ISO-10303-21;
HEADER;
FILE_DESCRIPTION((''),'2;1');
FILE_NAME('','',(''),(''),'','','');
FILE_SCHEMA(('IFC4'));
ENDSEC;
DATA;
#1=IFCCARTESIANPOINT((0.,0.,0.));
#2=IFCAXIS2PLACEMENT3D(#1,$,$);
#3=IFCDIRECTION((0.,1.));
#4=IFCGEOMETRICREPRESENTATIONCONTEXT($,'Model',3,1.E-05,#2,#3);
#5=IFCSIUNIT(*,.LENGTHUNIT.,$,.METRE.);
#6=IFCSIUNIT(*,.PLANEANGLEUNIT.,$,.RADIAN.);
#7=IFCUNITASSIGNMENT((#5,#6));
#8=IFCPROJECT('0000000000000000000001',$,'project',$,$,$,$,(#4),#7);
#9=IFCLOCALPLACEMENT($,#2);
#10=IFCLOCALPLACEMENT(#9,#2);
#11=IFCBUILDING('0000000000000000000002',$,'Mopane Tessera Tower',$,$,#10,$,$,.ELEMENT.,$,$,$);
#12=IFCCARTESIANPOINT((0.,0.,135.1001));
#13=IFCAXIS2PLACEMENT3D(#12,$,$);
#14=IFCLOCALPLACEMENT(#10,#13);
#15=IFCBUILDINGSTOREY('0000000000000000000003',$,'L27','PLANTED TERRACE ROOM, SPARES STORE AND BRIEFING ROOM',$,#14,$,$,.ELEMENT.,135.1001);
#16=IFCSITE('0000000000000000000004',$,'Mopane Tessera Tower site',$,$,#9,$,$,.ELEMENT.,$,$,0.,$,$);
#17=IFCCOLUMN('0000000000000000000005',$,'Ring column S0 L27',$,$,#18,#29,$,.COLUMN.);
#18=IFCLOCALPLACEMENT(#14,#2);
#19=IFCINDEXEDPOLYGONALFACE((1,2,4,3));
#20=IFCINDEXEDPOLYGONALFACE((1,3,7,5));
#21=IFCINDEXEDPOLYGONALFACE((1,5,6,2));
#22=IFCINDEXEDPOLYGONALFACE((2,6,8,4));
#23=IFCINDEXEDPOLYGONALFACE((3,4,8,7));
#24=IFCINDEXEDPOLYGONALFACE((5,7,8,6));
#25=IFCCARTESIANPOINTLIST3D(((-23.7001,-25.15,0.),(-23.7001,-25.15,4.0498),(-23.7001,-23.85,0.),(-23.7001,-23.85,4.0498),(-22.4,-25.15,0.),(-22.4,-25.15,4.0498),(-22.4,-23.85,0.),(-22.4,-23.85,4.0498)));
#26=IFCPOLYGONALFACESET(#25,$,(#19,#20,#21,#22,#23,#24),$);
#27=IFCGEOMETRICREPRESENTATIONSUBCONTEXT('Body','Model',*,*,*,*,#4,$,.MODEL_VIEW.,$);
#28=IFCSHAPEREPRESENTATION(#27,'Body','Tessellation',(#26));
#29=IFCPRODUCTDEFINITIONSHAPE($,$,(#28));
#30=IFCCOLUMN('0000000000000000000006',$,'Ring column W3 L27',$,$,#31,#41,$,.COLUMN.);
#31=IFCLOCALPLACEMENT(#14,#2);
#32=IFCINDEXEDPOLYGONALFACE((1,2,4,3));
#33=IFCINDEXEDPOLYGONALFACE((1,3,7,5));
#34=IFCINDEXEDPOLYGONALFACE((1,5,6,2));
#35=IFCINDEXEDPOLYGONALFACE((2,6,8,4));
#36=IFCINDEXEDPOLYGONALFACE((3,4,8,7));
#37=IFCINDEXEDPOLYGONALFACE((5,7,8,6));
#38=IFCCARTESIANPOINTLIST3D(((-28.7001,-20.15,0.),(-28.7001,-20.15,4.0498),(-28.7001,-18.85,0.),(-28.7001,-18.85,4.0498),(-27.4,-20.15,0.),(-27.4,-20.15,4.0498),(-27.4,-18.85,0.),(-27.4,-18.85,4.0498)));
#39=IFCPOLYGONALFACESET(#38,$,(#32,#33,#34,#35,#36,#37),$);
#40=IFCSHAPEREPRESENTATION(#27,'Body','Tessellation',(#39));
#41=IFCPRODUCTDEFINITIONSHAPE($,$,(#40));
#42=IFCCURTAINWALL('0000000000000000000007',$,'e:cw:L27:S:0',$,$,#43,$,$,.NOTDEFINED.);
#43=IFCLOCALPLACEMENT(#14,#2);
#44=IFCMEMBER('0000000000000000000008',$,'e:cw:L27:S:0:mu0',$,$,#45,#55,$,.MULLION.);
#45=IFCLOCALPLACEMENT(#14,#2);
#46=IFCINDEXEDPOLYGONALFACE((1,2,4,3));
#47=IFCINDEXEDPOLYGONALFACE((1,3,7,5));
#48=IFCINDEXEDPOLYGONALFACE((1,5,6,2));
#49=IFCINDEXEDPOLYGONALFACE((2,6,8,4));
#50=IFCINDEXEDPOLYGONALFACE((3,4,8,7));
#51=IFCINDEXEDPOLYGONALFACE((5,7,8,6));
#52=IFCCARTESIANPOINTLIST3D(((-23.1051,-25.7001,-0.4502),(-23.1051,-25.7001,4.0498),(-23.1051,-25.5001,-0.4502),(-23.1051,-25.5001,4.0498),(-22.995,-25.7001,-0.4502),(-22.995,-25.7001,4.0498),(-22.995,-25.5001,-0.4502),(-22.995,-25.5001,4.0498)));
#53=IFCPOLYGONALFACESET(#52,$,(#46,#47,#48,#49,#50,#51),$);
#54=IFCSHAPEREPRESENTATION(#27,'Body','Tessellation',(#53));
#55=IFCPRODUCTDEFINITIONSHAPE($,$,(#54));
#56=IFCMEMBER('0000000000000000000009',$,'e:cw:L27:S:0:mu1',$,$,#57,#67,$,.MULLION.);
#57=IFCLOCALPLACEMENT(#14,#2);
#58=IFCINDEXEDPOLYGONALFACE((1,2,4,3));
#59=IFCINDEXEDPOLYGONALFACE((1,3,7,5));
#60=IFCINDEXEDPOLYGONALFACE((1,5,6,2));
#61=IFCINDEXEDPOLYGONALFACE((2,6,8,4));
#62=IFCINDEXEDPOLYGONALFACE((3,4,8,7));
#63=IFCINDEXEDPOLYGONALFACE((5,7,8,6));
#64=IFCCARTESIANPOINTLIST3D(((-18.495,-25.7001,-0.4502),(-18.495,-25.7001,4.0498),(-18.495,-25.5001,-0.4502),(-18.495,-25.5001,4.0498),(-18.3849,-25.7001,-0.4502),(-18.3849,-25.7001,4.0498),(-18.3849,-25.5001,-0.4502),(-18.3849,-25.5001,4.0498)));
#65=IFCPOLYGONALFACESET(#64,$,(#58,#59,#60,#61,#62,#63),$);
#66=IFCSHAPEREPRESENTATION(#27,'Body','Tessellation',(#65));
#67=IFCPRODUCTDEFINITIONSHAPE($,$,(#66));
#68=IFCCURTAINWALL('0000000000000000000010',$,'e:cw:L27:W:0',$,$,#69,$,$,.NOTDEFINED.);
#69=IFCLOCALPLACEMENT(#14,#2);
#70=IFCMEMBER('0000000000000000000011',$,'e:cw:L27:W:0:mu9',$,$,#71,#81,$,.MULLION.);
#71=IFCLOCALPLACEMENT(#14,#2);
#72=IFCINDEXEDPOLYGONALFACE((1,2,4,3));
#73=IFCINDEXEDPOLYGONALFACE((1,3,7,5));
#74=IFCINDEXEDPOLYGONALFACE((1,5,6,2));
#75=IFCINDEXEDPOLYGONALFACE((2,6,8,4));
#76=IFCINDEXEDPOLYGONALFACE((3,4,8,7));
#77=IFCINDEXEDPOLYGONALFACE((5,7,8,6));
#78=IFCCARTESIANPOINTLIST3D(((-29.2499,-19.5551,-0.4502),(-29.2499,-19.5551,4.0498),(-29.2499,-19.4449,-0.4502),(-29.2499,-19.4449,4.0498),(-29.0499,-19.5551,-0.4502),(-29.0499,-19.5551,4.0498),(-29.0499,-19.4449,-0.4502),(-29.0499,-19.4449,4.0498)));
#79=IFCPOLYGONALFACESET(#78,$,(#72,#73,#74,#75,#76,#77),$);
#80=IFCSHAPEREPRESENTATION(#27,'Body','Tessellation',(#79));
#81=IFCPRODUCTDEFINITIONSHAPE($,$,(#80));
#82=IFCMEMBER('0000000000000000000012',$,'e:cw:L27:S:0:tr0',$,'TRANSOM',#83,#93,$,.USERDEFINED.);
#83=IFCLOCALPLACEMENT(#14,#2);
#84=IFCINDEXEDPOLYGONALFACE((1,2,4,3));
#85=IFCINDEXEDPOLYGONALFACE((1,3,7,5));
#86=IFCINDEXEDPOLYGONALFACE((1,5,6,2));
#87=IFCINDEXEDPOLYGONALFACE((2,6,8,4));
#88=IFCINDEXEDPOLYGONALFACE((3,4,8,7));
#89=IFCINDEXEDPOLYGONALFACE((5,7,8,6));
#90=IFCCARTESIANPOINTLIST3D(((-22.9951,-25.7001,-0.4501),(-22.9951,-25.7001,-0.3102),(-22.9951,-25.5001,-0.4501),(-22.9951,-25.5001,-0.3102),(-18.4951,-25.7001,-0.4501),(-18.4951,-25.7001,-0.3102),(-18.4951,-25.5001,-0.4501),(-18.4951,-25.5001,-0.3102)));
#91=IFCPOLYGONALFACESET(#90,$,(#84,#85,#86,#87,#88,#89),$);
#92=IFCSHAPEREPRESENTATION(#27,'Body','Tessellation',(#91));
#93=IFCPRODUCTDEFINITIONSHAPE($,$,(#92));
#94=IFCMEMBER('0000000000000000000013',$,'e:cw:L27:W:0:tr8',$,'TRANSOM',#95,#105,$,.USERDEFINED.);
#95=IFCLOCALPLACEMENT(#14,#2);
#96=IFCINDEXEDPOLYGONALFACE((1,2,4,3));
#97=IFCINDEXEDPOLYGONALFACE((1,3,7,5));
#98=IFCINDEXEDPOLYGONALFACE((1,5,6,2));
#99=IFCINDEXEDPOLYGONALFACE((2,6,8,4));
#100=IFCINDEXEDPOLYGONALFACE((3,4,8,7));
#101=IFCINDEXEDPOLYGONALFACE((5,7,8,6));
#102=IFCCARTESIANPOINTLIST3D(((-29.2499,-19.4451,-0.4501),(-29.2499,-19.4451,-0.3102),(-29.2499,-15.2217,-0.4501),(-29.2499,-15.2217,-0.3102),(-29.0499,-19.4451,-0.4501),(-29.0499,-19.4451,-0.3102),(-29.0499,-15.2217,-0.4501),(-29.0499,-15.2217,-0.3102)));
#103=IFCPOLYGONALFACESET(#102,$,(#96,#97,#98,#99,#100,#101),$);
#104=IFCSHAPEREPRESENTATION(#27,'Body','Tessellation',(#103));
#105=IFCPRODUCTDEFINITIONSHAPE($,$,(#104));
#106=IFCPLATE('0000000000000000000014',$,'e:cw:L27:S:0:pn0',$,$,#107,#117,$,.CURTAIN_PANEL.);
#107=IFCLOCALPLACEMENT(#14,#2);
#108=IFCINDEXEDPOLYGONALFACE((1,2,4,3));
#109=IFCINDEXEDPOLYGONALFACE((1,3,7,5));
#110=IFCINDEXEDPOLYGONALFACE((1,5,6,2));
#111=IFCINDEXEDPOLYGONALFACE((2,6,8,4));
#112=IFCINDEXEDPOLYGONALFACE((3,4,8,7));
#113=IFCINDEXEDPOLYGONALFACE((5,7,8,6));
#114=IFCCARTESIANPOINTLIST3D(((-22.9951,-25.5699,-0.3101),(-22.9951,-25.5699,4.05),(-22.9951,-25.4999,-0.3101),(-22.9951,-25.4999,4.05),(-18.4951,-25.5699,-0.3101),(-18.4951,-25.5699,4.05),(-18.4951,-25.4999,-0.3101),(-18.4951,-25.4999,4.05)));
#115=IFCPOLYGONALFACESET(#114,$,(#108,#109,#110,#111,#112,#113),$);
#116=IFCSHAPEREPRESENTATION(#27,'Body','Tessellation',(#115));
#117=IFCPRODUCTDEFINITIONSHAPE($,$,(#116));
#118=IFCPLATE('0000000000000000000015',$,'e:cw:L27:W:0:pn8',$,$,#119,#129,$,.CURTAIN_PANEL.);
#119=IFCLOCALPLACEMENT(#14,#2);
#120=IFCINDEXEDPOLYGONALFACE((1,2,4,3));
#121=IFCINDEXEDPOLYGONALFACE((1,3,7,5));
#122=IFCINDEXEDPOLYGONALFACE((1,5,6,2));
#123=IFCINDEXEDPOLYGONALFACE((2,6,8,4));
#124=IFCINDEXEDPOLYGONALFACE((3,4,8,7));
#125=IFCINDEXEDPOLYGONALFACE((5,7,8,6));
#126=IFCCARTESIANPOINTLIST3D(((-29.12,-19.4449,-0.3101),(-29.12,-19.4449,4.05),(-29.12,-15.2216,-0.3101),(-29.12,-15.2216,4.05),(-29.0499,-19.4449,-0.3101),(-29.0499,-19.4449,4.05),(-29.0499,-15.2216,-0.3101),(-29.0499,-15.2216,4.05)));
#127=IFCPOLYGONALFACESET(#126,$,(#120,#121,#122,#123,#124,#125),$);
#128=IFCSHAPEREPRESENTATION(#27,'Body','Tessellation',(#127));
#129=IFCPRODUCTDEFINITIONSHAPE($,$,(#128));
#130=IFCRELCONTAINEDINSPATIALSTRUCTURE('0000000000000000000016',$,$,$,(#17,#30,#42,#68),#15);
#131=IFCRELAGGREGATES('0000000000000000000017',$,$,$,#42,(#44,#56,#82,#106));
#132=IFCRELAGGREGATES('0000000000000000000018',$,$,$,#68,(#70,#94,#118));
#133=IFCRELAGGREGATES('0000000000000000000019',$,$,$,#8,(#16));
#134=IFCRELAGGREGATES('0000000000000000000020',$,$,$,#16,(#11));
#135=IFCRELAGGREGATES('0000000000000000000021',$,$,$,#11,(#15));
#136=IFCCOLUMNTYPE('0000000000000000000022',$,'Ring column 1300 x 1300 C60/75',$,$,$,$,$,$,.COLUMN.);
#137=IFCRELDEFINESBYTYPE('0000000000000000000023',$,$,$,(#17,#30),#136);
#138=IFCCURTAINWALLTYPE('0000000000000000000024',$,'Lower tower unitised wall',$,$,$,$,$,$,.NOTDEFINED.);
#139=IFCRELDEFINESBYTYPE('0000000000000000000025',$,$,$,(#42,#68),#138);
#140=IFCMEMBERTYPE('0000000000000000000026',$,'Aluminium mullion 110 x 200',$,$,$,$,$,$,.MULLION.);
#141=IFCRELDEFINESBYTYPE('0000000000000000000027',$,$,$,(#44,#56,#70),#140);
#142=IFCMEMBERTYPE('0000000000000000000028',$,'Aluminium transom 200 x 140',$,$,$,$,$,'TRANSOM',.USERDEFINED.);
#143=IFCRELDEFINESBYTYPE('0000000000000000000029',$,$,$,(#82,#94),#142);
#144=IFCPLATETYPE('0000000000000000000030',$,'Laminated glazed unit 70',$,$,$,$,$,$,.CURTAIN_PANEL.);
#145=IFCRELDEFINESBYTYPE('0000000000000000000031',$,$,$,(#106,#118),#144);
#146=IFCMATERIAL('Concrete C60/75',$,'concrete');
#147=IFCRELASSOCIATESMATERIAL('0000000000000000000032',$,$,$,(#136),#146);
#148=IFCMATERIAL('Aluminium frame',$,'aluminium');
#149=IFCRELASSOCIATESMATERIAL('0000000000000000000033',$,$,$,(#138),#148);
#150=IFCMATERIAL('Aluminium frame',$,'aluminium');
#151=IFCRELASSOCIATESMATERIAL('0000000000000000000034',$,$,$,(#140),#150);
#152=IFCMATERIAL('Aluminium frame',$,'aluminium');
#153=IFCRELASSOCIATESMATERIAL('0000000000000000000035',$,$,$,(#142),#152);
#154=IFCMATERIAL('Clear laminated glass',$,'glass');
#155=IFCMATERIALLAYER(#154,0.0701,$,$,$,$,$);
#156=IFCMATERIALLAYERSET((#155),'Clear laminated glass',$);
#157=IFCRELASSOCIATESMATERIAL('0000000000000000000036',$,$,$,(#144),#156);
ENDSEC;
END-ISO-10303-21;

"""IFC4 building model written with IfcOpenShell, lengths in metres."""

from ifc_helpers import new_model, si_unit, direction, frame, origin, origin_2d, place, context, subcontext, project, spatial, rectangle, extrude, material, layer, layer_set, material_profile, profile_set, type_object, element, aggregate, save


model = new_model("IFC4")

# Units and contexts
model_context = context("Model", 3, precision=1e-05, world=origin(), true_north=direction((0.0, 1.0)))
body_context = subcontext(model_context, "Body", "Model", "MODEL_VIEW")
ifc_project = project(units=[si_unit("LENGTHUNIT", "METRE"), si_unit("PLANEANGLEUNIT", "RADIAN")], contexts=[model_context])

# Site, building, storey
site_placement = place(None, origin())
site = spatial("IfcSite", under=ifc_project, at=site_placement, Name="Mopane Tessera Tower site", CompositionType="ELEMENT", RefElevation=0.0)
building_placement = place(site_placement, origin())
building = spatial("IfcBuilding", under=site, at=building_placement, Name="Mopane Tessera Tower", CompositionType="ELEMENT")
storey_placement = place(building_placement, frame((0.0, 0.0, 135.1001)))
storey = spatial("IfcBuildingStorey", under=building, at=storey_placement, Name="L27", Description="PLANTED TERRACE ROOM, SPARES STORE AND BRIEFING ROOM", CompositionType="ELEMENT", Elevation=135.1001)

# Columns
ifc_material_1 = material(Name="Concrete C60/75", Category="concrete")
ifc_material_profile_1 = material_profile(ifc_material_1, rectangle(XDim=1.3, YDim=1.3, at=origin_2d()))
ifc_profile_set_1 = profile_set([ifc_material_profile_1], Name="Concrete C60/75")
column_type = type_object("IfcColumnType", Name="Ring column 1300 x 1300 C60/75", PredefinedType="COLUMN", material=ifc_profile_set_1)
for number, where, z_axis, x_axis, name in (
    (1, (-23.05, -24.5, 0.0), (0.0, 0.0, 1.0), (1.0, 0.0, 0.0), "Ring column S0 L27"),
    (2, (-28.05, -19.5, 0.0), (0.0, 0.0, 1.0), (1.0, 0.0, 0.0), "Ring column W3 L27"),
):
    element("IfcColumn", number, at=place(storey_placement, frame(where, z_axis=z_axis, x_axis=x_axis)), inside=storey, type_object=column_type, Name=name, PredefinedType="COLUMN", context=body_context, shape_type="SweptSolid", body=[
        extrude(rectangle(XDim=1.3, YDim=1.3, at=origin_2d()), origin(), (0.0, 0.0, 1.0), 4.0498),
    ])

# Curtain wall, members
ifc_material_2 = material(Name="Aluminium frame", Category="aluminium")
curtain_wall_type = type_object("IfcCurtainWallType", Name="Lower tower unitised wall", PredefinedType="NOTDEFINED", material=ifc_material_2)
curtain_wall_1_placement = place(storey_placement, origin())
curtain_wall_1 = element("IfcCurtainWall", 3, at=curtain_wall_1_placement, inside=storey, type_object=curtain_wall_type, Name="e:cw:L27:S:0", PredefinedType="NOTDEFINED")
ifc_material_3 = material(Name="Aluminium frame", Category="aluminium")
ifc_material_profile_2 = material_profile(ifc_material_3, rectangle(XDim=0.1101, YDim=0.2, at=origin_2d()))
ifc_profile_set_2 = profile_set([ifc_material_profile_2], Name="Aluminium frame")
member_type_1 = type_object("IfcMemberType", Name="Aluminium mullion 110 x 200", PredefinedType="MULLION", material=ifc_profile_set_2)
member_1_placement = place(storey_placement, frame((-23.05, -25.6001, -0.4502), z_axis=(0.0, 0.0, 1.0), x_axis=(1.0, 0.0, 0.0)))
member_1 = element("IfcMember", 4, at=member_1_placement, type_object=member_type_1, Name="e:cw:L27:S:0:mu0", PredefinedType="MULLION", context=body_context, shape_type="SweptSolid", body=[
    extrude(rectangle(XDim=0.1101, YDim=0.2, at=origin_2d()), origin(), (0.0, 0.0, 1.0), 4.5),
])
member_2_placement = place(storey_placement, frame((-18.4399, -25.6001, -0.4502), z_axis=(0.0, 0.0, 1.0), x_axis=(1.0, 0.0, 0.0)))
member_2 = element("IfcMember", 5, at=member_2_placement, type_object=member_type_1, Name="e:cw:L27:S:0:mu1", PredefinedType="MULLION", context=body_context, shape_type="SweptSolid", body=[
    extrude(rectangle(XDim=0.1101, YDim=0.2, at=origin_2d()), origin(), (0.0, 0.0, 1.0), 4.5),
])

# Curtain wall, member
curtain_wall_2_placement = place(storey_placement, origin())
curtain_wall_2 = element("IfcCurtainWall", 6, at=curtain_wall_2_placement, inside=storey, type_object=curtain_wall_type, Name="e:cw:L27:W:0", PredefinedType="NOTDEFINED")
member_3_placement = place(storey_placement, frame((-29.1499, -19.5, -0.4502), z_axis=(0.0, 0.0, 1.0), x_axis=(0.0, -1.0, 0.0)))
member_3 = element("IfcMember", 7, at=member_3_placement, type_object=member_type_1, Name="e:cw:L27:W:0:mu9", PredefinedType="MULLION", context=body_context, shape_type="SweptSolid", body=[
    extrude(rectangle(XDim=0.1101, YDim=0.2, at=origin_2d()), origin(), (0.0, 0.0, 1.0), 4.5),
])

# Members
ifc_material_4 = material(Name="Aluminium frame", Category="aluminium")
ifc_material_profile_3 = material_profile(ifc_material_4, rectangle(XDim=0.2, YDim=0.1399, at=origin_2d()))
ifc_profile_set_3 = profile_set([ifc_material_profile_3], Name="Aluminium frame")
member_type_2 = type_object("IfcMemberType", Name="Aluminium transom 200 x 140", ElementType="TRANSOM", PredefinedType="USERDEFINED", material=ifc_profile_set_3)
member_4_placement = place(storey_placement, frame((-22.9951, -25.6001, -0.3801), z_axis=(1.0, 0.0, 0.0), x_axis=(0.0, 1.0, 0.0)))
member_4 = element("IfcMember", 8, at=member_4_placement, type_object=member_type_2, Name="e:cw:L27:S:0:tr0", ObjectType="TRANSOM", PredefinedType="USERDEFINED", context=body_context, shape_type="SweptSolid", body=[
    extrude(rectangle(XDim=0.2, YDim=0.1399, at=origin_2d()), origin(), (0.0, 0.0, 1.0), 4.5),
])
member_5_placement = place(storey_placement, frame((-29.1499, -15.2217, -0.3801), z_axis=(0.0, -1.0, 0.0), x_axis=(1.0, 0.0, 0.0)))
member_5 = element("IfcMember", 9, at=member_5_placement, type_object=member_type_2, Name="e:cw:L27:W:0:tr8", ObjectType="TRANSOM", PredefinedType="USERDEFINED", context=body_context, shape_type="SweptSolid", body=[
    extrude(rectangle(XDim=0.2, YDim=0.1399, at=origin_2d()), origin(), (0.0, 0.0, 1.0), 4.2234),
])

# Plates
ifc_material_5 = material(Name="Clear laminated glass", Category="glass")
ifc_layer_1 = layer(ifc_material_5, 0.0701)
ifc_layer_set_1 = layer_set([ifc_layer_1], Name="Clear laminated glass")
plate_type = type_object("IfcPlateType", Name="Laminated glazed unit 70", PredefinedType="CURTAIN_PANEL", material=ifc_layer_set_1)
plate_1_placement = place(storey_placement, frame((-20.7451, -25.5349, -0.3101), z_axis=(0.0, 0.0, 1.0), x_axis=(1.0, 0.0, 0.0)))
plate_1 = element("IfcPlate", 10, at=plate_1_placement, type_object=plate_type, Name="e:cw:L27:S:0:pn0", PredefinedType="CURTAIN_PANEL", context=body_context, shape_type="SweptSolid", body=[
    extrude(rectangle(XDim=4.5, YDim=0.0701, at=origin_2d()), origin(), (0.0, 0.0, 1.0), 4.3601),
])
aggregate(curtain_wall_1, [member_1, member_2, member_4, plate_1])
plate_2_placement = place(storey_placement, frame((-29.085, -17.3333, -0.3101), z_axis=(0.0, 0.0, 1.0), x_axis=(0.0, -1.0, 0.0)))
plate_2 = element("IfcPlate", 11, at=plate_2_placement, type_object=plate_type, Name="e:cw:L27:W:0:pn8", PredefinedType="CURTAIN_PANEL", context=body_context, shape_type="SweptSolid", body=[
    extrude(rectangle(XDim=4.2234, YDim=0.0701, at=origin_2d()), origin(), (0.0, 0.0, 1.0), 4.3601),
])
aggregate(curtain_wall_2, [member_3, member_5, plate_2])

save(model, "model.ifc")
